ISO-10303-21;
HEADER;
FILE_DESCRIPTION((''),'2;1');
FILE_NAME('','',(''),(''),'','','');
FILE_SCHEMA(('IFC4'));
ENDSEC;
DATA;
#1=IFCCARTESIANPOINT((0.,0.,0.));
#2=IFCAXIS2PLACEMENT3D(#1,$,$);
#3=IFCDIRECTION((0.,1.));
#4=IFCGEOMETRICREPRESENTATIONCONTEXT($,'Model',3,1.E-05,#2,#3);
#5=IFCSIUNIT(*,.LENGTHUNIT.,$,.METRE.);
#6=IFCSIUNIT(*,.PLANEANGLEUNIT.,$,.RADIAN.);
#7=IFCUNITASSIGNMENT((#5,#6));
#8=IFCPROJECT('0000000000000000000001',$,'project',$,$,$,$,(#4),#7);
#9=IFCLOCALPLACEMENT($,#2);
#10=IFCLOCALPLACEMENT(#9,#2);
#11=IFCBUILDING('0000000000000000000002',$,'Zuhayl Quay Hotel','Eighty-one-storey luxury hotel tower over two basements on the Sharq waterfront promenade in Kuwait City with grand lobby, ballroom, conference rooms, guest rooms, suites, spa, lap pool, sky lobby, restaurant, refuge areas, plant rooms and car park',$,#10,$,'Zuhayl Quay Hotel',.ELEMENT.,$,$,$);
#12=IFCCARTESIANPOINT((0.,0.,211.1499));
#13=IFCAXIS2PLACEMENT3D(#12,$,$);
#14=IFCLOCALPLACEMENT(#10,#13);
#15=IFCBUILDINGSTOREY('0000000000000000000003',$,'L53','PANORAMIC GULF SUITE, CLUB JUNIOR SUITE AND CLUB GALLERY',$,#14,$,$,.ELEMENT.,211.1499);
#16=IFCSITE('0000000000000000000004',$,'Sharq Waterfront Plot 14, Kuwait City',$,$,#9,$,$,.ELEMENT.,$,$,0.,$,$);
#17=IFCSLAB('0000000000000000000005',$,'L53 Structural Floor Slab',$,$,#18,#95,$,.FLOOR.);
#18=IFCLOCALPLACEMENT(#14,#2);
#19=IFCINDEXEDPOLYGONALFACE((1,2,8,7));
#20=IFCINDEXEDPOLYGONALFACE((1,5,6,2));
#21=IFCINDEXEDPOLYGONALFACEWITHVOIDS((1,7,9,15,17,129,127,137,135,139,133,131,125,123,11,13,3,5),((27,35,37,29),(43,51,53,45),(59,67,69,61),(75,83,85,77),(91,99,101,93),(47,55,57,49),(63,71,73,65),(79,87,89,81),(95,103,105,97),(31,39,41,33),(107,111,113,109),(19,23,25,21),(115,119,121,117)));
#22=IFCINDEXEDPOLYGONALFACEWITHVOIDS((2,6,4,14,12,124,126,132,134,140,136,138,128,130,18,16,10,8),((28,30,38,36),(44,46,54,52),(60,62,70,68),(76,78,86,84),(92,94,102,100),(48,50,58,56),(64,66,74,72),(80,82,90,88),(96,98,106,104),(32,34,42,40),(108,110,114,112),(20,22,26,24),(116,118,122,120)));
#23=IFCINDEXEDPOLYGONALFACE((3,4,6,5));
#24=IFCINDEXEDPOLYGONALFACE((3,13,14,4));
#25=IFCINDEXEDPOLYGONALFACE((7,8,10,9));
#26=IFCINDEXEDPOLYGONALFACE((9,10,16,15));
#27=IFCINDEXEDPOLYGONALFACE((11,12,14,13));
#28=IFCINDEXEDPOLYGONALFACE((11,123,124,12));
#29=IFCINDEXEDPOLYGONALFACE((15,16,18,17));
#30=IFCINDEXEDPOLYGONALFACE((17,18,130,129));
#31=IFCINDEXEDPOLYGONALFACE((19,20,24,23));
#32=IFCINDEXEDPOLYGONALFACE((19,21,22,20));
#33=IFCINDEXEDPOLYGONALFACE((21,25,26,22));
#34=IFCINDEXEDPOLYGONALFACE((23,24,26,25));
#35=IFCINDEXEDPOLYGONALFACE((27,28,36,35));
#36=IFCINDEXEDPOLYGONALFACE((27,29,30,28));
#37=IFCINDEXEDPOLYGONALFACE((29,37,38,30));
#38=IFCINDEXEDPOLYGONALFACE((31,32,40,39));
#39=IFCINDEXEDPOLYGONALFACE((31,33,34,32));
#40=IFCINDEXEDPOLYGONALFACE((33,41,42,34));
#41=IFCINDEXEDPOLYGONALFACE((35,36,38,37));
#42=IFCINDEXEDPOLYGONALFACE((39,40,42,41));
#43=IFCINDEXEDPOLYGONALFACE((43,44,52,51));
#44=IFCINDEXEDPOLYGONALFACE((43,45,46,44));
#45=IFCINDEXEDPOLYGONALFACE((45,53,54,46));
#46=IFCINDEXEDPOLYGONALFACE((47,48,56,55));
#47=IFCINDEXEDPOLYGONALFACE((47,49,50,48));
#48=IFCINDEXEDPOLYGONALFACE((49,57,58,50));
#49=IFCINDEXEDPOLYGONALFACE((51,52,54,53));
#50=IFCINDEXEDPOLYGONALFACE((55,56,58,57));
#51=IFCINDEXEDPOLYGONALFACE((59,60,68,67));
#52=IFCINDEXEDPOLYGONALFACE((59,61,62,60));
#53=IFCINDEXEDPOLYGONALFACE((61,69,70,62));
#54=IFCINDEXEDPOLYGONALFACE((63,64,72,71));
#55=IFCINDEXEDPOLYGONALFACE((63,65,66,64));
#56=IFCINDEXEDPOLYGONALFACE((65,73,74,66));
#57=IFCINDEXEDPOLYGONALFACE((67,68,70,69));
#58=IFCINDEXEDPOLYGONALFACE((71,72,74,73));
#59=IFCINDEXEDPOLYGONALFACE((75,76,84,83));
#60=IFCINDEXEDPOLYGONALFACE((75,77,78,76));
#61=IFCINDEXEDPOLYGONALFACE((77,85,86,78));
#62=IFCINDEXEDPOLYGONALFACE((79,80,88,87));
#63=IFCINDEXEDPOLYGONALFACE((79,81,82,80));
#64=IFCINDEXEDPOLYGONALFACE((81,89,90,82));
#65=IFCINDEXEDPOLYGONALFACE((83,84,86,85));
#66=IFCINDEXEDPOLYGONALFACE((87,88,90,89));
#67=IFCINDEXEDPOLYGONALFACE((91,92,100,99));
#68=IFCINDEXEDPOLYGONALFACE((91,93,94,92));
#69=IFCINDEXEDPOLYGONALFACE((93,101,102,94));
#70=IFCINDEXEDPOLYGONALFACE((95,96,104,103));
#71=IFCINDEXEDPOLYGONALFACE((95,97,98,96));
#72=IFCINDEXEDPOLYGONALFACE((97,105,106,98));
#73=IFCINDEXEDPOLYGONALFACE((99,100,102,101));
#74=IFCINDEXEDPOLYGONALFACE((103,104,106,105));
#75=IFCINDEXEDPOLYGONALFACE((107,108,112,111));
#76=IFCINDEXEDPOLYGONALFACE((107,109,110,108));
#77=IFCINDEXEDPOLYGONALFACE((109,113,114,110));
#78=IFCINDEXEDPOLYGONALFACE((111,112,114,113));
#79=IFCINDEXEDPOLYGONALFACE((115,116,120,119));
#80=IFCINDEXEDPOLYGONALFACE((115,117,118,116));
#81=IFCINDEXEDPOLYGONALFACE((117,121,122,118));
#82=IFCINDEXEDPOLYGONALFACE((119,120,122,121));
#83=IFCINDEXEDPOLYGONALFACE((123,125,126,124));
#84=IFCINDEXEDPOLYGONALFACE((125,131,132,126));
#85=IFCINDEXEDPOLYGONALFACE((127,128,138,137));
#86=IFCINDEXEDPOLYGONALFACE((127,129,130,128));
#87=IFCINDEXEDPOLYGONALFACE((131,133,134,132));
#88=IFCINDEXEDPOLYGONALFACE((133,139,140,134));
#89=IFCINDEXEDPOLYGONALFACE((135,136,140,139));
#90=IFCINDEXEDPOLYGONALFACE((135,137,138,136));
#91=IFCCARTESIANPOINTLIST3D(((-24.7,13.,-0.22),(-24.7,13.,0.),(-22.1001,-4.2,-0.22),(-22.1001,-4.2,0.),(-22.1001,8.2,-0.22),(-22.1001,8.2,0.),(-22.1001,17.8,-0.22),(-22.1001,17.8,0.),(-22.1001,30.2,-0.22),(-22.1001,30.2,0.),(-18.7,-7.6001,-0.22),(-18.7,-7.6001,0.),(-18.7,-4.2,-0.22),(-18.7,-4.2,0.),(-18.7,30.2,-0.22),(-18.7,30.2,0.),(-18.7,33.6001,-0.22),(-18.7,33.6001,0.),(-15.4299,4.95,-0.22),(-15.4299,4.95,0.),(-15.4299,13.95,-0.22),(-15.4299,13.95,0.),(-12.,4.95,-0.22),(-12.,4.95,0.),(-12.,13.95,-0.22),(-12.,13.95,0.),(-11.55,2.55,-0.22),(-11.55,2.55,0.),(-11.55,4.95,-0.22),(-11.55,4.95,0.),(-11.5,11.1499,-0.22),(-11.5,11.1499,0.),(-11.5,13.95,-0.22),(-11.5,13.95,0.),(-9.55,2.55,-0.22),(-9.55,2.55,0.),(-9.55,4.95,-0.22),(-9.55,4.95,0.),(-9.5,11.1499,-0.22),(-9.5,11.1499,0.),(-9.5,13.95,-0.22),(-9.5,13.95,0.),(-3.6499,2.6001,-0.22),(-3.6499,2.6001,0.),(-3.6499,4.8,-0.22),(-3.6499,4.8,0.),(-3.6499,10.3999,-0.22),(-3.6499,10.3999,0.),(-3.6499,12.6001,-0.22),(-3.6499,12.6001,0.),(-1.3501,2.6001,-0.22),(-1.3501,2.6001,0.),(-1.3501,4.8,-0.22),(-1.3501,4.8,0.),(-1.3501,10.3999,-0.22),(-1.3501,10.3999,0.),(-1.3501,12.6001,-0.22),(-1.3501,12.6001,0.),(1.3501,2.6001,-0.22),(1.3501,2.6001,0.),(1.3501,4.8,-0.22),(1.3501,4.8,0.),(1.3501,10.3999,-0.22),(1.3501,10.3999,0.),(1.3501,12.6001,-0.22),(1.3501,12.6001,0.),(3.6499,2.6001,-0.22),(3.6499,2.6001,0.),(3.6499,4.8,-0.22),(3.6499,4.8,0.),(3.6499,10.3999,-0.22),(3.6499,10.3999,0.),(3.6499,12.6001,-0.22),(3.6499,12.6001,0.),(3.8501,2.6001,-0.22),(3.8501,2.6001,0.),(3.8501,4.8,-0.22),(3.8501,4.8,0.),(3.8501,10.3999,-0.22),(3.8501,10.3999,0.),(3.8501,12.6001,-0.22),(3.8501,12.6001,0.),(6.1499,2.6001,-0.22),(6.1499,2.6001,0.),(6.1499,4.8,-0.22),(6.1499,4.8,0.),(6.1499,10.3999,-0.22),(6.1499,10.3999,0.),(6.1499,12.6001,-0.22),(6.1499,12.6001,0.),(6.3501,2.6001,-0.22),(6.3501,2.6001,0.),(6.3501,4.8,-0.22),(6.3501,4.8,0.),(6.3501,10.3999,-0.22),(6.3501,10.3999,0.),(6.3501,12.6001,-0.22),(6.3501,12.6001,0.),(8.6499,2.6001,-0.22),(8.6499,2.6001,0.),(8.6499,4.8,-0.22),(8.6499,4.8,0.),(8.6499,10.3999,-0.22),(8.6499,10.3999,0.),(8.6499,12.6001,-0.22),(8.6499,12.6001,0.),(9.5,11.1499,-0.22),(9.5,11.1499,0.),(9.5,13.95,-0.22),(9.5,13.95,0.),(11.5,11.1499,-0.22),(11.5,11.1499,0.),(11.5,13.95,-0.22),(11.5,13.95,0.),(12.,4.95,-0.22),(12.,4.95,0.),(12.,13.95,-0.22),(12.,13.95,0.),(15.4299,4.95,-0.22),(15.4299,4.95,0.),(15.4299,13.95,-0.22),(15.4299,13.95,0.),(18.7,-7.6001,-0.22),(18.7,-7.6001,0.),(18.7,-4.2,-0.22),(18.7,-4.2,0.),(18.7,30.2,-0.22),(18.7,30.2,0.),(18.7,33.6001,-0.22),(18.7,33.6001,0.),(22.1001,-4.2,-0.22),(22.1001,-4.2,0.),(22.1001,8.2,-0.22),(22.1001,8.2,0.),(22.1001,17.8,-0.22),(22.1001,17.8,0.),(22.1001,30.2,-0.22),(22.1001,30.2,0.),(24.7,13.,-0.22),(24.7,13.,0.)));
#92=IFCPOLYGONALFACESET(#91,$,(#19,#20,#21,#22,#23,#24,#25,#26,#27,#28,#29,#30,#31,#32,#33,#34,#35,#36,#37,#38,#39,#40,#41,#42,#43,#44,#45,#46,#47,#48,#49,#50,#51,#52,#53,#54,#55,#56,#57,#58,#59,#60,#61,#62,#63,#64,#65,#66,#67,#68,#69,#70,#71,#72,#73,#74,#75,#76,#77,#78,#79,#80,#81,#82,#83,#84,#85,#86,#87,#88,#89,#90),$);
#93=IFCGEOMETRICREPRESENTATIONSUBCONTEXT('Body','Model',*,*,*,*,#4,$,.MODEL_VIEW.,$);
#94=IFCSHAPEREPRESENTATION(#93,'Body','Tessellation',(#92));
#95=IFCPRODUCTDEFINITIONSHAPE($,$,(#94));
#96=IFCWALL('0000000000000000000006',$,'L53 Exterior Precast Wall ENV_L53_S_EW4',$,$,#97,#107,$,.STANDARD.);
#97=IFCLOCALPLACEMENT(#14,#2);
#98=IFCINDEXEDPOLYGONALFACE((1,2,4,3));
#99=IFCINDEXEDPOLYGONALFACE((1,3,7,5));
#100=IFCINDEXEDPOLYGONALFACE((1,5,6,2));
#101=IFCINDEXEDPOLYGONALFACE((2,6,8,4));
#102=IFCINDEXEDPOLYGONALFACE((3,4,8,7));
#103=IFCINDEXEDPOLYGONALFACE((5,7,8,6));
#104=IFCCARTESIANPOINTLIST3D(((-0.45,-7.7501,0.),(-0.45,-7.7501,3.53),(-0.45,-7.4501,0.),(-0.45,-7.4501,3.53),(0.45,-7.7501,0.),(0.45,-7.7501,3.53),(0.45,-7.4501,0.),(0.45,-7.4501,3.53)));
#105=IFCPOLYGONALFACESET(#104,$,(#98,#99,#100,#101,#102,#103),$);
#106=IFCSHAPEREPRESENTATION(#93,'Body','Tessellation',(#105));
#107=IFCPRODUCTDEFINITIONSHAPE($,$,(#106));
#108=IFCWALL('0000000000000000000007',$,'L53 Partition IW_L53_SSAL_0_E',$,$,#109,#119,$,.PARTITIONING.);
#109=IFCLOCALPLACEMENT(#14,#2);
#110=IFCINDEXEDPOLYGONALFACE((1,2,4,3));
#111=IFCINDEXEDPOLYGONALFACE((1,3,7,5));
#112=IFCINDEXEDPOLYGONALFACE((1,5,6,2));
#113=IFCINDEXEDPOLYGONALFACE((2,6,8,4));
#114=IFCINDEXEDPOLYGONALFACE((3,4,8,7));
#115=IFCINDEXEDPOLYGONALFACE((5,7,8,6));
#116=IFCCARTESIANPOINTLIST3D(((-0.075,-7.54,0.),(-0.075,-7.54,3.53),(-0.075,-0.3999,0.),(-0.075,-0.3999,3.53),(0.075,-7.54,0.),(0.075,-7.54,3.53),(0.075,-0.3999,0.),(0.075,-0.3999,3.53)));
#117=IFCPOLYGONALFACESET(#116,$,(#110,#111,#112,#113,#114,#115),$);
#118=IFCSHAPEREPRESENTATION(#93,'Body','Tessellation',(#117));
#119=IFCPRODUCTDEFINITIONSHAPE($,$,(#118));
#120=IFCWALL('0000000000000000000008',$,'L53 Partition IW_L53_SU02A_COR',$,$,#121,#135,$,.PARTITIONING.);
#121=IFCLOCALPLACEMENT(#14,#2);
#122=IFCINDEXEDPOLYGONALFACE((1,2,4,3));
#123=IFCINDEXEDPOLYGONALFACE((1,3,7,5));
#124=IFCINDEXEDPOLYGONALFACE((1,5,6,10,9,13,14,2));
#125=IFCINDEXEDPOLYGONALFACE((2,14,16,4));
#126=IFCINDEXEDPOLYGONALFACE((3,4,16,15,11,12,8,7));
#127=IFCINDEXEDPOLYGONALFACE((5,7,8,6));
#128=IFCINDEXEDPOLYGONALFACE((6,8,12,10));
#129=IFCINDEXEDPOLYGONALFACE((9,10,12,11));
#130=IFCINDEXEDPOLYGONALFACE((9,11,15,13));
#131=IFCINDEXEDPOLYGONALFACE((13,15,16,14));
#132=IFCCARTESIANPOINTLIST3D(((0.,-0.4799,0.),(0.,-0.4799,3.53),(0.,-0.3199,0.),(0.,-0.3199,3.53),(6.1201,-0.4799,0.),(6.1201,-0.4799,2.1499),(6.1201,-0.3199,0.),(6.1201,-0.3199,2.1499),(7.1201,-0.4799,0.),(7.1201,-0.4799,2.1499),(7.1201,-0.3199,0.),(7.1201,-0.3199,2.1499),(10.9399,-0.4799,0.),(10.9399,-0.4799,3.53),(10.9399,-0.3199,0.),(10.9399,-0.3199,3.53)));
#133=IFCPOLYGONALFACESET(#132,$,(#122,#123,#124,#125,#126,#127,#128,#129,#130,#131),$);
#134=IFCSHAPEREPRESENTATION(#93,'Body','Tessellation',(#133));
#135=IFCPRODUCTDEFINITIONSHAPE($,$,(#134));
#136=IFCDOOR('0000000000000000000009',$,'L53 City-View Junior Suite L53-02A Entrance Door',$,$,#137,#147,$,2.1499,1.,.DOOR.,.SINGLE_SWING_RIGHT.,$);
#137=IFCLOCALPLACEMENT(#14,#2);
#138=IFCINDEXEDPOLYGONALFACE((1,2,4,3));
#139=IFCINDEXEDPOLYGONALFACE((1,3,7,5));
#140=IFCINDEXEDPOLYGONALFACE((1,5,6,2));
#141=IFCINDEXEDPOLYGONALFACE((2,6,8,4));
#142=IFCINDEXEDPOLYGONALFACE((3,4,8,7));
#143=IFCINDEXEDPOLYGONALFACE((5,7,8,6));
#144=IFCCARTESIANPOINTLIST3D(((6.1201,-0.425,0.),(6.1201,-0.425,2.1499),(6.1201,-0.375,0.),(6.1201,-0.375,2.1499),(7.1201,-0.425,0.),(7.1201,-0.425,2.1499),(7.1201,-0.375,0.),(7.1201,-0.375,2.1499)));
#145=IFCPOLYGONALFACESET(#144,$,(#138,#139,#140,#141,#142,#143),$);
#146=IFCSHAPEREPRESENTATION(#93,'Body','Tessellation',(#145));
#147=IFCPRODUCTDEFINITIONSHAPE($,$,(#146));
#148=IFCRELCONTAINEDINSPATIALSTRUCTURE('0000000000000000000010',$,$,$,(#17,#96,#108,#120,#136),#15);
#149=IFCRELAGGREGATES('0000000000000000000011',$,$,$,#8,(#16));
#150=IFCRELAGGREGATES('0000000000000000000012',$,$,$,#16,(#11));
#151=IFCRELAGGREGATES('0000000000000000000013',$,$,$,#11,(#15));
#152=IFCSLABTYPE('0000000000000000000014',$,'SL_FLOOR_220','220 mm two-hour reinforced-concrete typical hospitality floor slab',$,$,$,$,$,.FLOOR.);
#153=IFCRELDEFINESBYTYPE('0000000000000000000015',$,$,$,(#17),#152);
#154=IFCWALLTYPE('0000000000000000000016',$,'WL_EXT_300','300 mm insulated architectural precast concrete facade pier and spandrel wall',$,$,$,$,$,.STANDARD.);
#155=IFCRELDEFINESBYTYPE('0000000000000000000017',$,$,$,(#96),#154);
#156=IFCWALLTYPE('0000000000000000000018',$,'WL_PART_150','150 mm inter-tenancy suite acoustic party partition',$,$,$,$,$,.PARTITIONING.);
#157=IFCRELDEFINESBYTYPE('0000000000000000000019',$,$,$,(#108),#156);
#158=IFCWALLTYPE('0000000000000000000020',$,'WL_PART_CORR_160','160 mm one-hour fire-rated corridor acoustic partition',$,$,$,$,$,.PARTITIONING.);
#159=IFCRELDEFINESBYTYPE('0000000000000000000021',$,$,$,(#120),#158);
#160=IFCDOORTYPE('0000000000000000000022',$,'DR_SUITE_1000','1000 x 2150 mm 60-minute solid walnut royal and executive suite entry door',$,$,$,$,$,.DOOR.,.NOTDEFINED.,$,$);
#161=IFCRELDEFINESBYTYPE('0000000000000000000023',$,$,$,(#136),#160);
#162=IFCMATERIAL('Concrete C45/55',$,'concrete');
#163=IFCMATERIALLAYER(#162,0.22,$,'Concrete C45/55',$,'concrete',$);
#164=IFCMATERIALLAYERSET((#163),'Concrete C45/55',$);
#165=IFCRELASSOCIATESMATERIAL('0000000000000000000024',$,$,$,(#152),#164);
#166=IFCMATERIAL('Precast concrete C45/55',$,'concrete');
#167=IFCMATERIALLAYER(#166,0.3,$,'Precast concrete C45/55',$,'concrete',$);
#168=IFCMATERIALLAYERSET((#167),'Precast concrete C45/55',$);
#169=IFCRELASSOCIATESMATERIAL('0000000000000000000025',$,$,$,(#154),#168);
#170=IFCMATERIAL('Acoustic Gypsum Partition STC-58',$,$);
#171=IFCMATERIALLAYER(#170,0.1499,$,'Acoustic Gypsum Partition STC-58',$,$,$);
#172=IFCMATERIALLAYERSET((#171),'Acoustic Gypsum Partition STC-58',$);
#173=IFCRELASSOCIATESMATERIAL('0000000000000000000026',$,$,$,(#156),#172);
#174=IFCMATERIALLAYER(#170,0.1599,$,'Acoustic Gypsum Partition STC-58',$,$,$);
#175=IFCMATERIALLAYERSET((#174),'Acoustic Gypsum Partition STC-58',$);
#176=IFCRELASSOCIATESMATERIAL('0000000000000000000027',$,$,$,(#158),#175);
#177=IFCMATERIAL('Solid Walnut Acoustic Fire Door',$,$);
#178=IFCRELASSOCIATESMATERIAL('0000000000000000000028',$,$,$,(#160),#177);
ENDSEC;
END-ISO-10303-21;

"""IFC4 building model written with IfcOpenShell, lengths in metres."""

from ifc_helpers import new_model, si_unit, direction, frame, frame_2d, origin, place, context, subcontext, project, spatial, polyline, rectangle, outline, extrude, material, layer, layer_set, type_object, element, fill, save


model = new_model("IFC4")

# Units and contexts
model_context = context("Model", 3, precision=1e-05, world=origin(), true_north=direction((0.0, 1.0)))
body_context = subcontext(model_context, "Body", "Model", "MODEL_VIEW")
ifc_project = project(units=[si_unit("LENGTHUNIT", "METRE"), si_unit("PLANEANGLEUNIT", "RADIAN")], contexts=[model_context])

# Site, building, storey
site_placement = place(None, origin())
site = spatial("IfcSite", under=ifc_project, at=site_placement, Name="Sharq Waterfront Plot 14, Kuwait City", CompositionType="ELEMENT", RefElevation=0.0)
building_placement = place(site_placement, origin())
building = spatial("IfcBuilding", under=site, at=building_placement, Name="Zuhayl Quay Hotel", Description="Eighty-one-storey luxury hotel tower over two basements on the Sharq waterfront promenade in Kuwait City with grand lobby, ballroom, conference rooms, guest rooms, suites, spa, lap pool, sky lobby, restaurant, refuge areas, plant rooms and car park", LongName="Zuhayl Quay Hotel", CompositionType="ELEMENT")
storey_placement = place(building_placement, frame((0.0, 0.0, 211.1499)))
storey = spatial("IfcBuildingStorey", under=building, at=storey_placement, Name="L53", Description="PANORAMIC GULF SUITE, CLUB JUNIOR SUITE AND CLUB GALLERY", CompositionType="ELEMENT", Elevation=211.1499)

# Slab
ifc_material_1 = material(Name="Concrete C45/55", Category="concrete")
ifc_layer_1 = layer(ifc_material_1, 0.22, Name="Concrete C45/55", Category="concrete")
ifc_layer_set_1 = layer_set([ifc_layer_1], Name="Concrete C45/55")
slab_type_1 = type_object("IfcSlabType", Name="SL_FLOOR_220", Description="220 mm two-hour reinforced-concrete typical hospitality floor slab", PredefinedType="FLOOR", material=ifc_layer_set_1)
slab_1_placement = place(storey_placement, frame((0.0, 0.0, -0.22)))
element("IfcSlab", 1, at=slab_1_placement, inside=storey, type_object=slab_type_1, Name="L53 Structural Floor Slab", PredefinedType="FLOOR", context=body_context, shape_type="SweptSolid", body=[
    extrude(outline(polyline([(-18.7, -7.6001), (18.7, -7.6001), (18.7, -4.2), (22.1001, -4.2), (22.1001, 8.2), (24.7, 13.0), (22.1001, 17.8), (22.1001, 30.2), (18.7, 30.2), (18.7, 33.6001), (-18.7, 33.6001), (-18.7, 30.2), (-22.1001, 30.2), (-22.1001, 17.8), (-24.7, 13.0), (-22.1001, 8.2), (-22.1001, -4.2), (-18.7, -4.2), (-18.7, -7.6001)]), holes=[polyline([(-12.0, 4.95), (-12.0, 13.95), (-15.4299, 13.95), (-15.4299, 4.95), (-12.0, 4.95)]), polyline([(15.4299, 4.95), (15.4299, 13.95), (12.0, 13.95), (12.0, 4.95), (15.4299, 4.95)]), polyline([(-11.5, 11.1499), (-9.5, 11.1499), (-9.5, 13.95), (-11.5, 13.95), (-11.5, 11.1499)]), polyline([(9.5, 11.1499), (11.5, 11.1499), (11.5, 13.95), (9.5, 13.95), (9.5, 11.1499)]), polyline([(-3.6499, 2.6001), (-1.3501, 2.6001), (-1.3501, 4.8), (-3.6499, 4.8), (-3.6499, 2.6001)]), polyline([(1.3501, 2.6001), (3.6499, 2.6001), (3.6499, 4.8), (1.3501, 4.8), (1.3501, 2.6001)]), polyline([(-3.6499, 10.3999), (-1.3501, 10.3999), (-1.3501, 12.6001), (-3.6499, 12.6001), (-3.6499, 10.3999)]), polyline([(1.3501, 10.3999), (3.6499, 10.3999), (3.6499, 12.6001), (1.3501, 12.6001), (1.3501, 10.3999)]), polyline([(3.8501, 2.6001), (6.1499, 2.6001), (6.1499, 4.8), (3.8501, 4.8), (3.8501, 2.6001)]), polyline([(6.3501, 2.6001), (8.6499, 2.6001), (8.6499, 4.8), (6.3501, 4.8), (6.3501, 2.6001)]), polyline([(3.8501, 10.3999), (6.1499, 10.3999), (6.1499, 12.6001), (3.8501, 12.6001), (3.8501, 10.3999)]), polyline([(6.3501, 10.3999), (8.6499, 10.3999), (8.6499, 12.6001), (6.3501, 12.6001), (6.3501, 10.3999)]), polyline([(-11.55, 2.55), (-9.55, 2.55), (-9.55, 4.95), (-11.55, 4.95), (-11.55, 2.55)])]), origin(), (0.0, 0.0, 1.0), 0.22),
])

# Walls
ifc_material_2 = material(Name="Precast concrete C45/55", Category="concrete")
ifc_layer_2 = layer(ifc_material_2, 0.3, Name="Precast concrete C45/55", Category="concrete")
ifc_layer_set_2 = layer_set([ifc_layer_2], Name="Precast concrete C45/55")
wall_type_1 = type_object("IfcWallType", Name="WL_EXT_300", Description="300 mm insulated architectural precast concrete facade pier and spandrel wall", PredefinedType="STANDARD", material=ifc_layer_set_2)
wall_1_placement = place(storey_placement, frame((0.45, -7.6001, 0.0), z_axis=(0.0, 0.0, 1.0), x_axis=(-1.0, 0.0, 0.0)))
element("IfcWall", 2, at=wall_1_placement, inside=storey, type_object=wall_type_1, Name="L53 Exterior Precast Wall ENV_L53_S_EW4", PredefinedType="STANDARD", context=body_context, shape_type="SweptSolid", body=[
    extrude(rectangle(XDim=0.8999, YDim=0.3, at=frame_2d((0.45, 0.0))), origin(), (0.0, 0.0, 1.0), 3.53),
])
ifc_material_3 = material(Name="Acoustic Gypsum Partition STC-58")
ifc_layer_3 = layer(ifc_material_3, 0.1499, Name="Acoustic Gypsum Partition STC-58")
ifc_layer_set_3 = layer_set([ifc_layer_3], Name="Acoustic Gypsum Partition STC-58")
wall_type_2 = type_object("IfcWallType", Name="WL_PART_150", Description="150 mm inter-tenancy suite acoustic party partition", PredefinedType="PARTITIONING", material=ifc_layer_set_3)
wall_2_placement = place(storey_placement, frame((0.0, -7.54, 0.0), z_axis=(0.0, 0.0, 1.0), x_axis=(0.0, 1.0, 0.0)))
element("IfcWall", 3, at=wall_2_placement, inside=storey, type_object=wall_type_2, Name="L53 Partition IW_L53_SSAL_0_E", PredefinedType="PARTITIONING", context=body_context, shape_type="SweptSolid", body=[
    extrude(rectangle(XDim=7.1401, YDim=0.1499, at=frame_2d((3.5701, 0.0))), origin(), (0.0, 0.0, 1.0), 3.53),
])

# Wall, opening, door
ifc_layer_4 = layer(ifc_material_3, 0.1599, Name="Acoustic Gypsum Partition STC-58")
ifc_layer_set_4 = layer_set([ifc_layer_4], Name="Acoustic Gypsum Partition STC-58")
wall_type_3 = type_object("IfcWallType", Name="WL_PART_CORR_160", Description="160 mm one-hour fire-rated corridor acoustic partition", PredefinedType="PARTITIONING", material=ifc_layer_set_4)
wall_3_placement = place(storey_placement, frame((0.0, -0.3999, 0.0), z_axis=(0.0, 0.0, 1.0), x_axis=(1.0, 0.0, 0.0)))
wall_3 = element("IfcWall", 4, at=wall_3_placement, inside=storey, type_object=wall_type_3, Name="L53 Partition IW_L53_SU02A_COR", PredefinedType="PARTITIONING", context=body_context, shape_type="SweptSolid", body=[
    extrude(rectangle(XDim=10.9399, YDim=0.1599, at=frame_2d((5.47, 0.0))), origin(), (0.0, 0.0, 1.0), 3.53),
])
opening_1_placement = place(wall_3_placement, frame((6.1201, 0.0, 0.0)))
opening_1 = element("IfcOpeningElement", 5, at=opening_1_placement, cuts=wall_3, PredefinedType="OPENING", context=body_context, shape_type="SweptSolid", body=[
    extrude(rectangle(XDim=1.0, YDim=2.1499, at=frame_2d((0.5, 1.075))), frame((0.0, 0.0898, 0.0), z_axis=(0.0, -1.0, 0.0), x_axis=(1.0, 0.0, 0.0)), (0.0, 0.0, 1.0), 0.1799),
])
ifc_material_4 = material(Name="Solid Walnut Acoustic Fire Door")
door_type_1 = type_object("IfcDoorType", Name="DR_SUITE_1000", Description="1000 x 2150 mm 60-minute solid walnut royal and executive suite entry door", OperationType="NOTDEFINED", PredefinedType="DOOR", material=ifc_material_4)
door_1_placement = place(opening_1_placement, origin())
door_1 = element("IfcDoor", 6, at=door_1_placement, inside=storey, type_object=door_type_1, Name="L53 City-View Junior Suite L53-02A Entrance Door", OperationType="SINGLE_SWING_RIGHT", OverallHeight=2.1499, OverallWidth=1.0, PredefinedType="DOOR", context=body_context, shape_type="SweptSolid", body=[
    extrude(rectangle(XDim=1.0, YDim=2.1499, at=frame_2d((0.5, 1.075))), frame((0.0, 0.0249, 0.0), z_axis=(0.0, -1.0, 0.0), x_axis=(1.0, 0.0, 0.0)), (0.0, 0.0, 1.0), 0.05),
])
fill(opening_1, door_1)

save(model, "model.ifc")
